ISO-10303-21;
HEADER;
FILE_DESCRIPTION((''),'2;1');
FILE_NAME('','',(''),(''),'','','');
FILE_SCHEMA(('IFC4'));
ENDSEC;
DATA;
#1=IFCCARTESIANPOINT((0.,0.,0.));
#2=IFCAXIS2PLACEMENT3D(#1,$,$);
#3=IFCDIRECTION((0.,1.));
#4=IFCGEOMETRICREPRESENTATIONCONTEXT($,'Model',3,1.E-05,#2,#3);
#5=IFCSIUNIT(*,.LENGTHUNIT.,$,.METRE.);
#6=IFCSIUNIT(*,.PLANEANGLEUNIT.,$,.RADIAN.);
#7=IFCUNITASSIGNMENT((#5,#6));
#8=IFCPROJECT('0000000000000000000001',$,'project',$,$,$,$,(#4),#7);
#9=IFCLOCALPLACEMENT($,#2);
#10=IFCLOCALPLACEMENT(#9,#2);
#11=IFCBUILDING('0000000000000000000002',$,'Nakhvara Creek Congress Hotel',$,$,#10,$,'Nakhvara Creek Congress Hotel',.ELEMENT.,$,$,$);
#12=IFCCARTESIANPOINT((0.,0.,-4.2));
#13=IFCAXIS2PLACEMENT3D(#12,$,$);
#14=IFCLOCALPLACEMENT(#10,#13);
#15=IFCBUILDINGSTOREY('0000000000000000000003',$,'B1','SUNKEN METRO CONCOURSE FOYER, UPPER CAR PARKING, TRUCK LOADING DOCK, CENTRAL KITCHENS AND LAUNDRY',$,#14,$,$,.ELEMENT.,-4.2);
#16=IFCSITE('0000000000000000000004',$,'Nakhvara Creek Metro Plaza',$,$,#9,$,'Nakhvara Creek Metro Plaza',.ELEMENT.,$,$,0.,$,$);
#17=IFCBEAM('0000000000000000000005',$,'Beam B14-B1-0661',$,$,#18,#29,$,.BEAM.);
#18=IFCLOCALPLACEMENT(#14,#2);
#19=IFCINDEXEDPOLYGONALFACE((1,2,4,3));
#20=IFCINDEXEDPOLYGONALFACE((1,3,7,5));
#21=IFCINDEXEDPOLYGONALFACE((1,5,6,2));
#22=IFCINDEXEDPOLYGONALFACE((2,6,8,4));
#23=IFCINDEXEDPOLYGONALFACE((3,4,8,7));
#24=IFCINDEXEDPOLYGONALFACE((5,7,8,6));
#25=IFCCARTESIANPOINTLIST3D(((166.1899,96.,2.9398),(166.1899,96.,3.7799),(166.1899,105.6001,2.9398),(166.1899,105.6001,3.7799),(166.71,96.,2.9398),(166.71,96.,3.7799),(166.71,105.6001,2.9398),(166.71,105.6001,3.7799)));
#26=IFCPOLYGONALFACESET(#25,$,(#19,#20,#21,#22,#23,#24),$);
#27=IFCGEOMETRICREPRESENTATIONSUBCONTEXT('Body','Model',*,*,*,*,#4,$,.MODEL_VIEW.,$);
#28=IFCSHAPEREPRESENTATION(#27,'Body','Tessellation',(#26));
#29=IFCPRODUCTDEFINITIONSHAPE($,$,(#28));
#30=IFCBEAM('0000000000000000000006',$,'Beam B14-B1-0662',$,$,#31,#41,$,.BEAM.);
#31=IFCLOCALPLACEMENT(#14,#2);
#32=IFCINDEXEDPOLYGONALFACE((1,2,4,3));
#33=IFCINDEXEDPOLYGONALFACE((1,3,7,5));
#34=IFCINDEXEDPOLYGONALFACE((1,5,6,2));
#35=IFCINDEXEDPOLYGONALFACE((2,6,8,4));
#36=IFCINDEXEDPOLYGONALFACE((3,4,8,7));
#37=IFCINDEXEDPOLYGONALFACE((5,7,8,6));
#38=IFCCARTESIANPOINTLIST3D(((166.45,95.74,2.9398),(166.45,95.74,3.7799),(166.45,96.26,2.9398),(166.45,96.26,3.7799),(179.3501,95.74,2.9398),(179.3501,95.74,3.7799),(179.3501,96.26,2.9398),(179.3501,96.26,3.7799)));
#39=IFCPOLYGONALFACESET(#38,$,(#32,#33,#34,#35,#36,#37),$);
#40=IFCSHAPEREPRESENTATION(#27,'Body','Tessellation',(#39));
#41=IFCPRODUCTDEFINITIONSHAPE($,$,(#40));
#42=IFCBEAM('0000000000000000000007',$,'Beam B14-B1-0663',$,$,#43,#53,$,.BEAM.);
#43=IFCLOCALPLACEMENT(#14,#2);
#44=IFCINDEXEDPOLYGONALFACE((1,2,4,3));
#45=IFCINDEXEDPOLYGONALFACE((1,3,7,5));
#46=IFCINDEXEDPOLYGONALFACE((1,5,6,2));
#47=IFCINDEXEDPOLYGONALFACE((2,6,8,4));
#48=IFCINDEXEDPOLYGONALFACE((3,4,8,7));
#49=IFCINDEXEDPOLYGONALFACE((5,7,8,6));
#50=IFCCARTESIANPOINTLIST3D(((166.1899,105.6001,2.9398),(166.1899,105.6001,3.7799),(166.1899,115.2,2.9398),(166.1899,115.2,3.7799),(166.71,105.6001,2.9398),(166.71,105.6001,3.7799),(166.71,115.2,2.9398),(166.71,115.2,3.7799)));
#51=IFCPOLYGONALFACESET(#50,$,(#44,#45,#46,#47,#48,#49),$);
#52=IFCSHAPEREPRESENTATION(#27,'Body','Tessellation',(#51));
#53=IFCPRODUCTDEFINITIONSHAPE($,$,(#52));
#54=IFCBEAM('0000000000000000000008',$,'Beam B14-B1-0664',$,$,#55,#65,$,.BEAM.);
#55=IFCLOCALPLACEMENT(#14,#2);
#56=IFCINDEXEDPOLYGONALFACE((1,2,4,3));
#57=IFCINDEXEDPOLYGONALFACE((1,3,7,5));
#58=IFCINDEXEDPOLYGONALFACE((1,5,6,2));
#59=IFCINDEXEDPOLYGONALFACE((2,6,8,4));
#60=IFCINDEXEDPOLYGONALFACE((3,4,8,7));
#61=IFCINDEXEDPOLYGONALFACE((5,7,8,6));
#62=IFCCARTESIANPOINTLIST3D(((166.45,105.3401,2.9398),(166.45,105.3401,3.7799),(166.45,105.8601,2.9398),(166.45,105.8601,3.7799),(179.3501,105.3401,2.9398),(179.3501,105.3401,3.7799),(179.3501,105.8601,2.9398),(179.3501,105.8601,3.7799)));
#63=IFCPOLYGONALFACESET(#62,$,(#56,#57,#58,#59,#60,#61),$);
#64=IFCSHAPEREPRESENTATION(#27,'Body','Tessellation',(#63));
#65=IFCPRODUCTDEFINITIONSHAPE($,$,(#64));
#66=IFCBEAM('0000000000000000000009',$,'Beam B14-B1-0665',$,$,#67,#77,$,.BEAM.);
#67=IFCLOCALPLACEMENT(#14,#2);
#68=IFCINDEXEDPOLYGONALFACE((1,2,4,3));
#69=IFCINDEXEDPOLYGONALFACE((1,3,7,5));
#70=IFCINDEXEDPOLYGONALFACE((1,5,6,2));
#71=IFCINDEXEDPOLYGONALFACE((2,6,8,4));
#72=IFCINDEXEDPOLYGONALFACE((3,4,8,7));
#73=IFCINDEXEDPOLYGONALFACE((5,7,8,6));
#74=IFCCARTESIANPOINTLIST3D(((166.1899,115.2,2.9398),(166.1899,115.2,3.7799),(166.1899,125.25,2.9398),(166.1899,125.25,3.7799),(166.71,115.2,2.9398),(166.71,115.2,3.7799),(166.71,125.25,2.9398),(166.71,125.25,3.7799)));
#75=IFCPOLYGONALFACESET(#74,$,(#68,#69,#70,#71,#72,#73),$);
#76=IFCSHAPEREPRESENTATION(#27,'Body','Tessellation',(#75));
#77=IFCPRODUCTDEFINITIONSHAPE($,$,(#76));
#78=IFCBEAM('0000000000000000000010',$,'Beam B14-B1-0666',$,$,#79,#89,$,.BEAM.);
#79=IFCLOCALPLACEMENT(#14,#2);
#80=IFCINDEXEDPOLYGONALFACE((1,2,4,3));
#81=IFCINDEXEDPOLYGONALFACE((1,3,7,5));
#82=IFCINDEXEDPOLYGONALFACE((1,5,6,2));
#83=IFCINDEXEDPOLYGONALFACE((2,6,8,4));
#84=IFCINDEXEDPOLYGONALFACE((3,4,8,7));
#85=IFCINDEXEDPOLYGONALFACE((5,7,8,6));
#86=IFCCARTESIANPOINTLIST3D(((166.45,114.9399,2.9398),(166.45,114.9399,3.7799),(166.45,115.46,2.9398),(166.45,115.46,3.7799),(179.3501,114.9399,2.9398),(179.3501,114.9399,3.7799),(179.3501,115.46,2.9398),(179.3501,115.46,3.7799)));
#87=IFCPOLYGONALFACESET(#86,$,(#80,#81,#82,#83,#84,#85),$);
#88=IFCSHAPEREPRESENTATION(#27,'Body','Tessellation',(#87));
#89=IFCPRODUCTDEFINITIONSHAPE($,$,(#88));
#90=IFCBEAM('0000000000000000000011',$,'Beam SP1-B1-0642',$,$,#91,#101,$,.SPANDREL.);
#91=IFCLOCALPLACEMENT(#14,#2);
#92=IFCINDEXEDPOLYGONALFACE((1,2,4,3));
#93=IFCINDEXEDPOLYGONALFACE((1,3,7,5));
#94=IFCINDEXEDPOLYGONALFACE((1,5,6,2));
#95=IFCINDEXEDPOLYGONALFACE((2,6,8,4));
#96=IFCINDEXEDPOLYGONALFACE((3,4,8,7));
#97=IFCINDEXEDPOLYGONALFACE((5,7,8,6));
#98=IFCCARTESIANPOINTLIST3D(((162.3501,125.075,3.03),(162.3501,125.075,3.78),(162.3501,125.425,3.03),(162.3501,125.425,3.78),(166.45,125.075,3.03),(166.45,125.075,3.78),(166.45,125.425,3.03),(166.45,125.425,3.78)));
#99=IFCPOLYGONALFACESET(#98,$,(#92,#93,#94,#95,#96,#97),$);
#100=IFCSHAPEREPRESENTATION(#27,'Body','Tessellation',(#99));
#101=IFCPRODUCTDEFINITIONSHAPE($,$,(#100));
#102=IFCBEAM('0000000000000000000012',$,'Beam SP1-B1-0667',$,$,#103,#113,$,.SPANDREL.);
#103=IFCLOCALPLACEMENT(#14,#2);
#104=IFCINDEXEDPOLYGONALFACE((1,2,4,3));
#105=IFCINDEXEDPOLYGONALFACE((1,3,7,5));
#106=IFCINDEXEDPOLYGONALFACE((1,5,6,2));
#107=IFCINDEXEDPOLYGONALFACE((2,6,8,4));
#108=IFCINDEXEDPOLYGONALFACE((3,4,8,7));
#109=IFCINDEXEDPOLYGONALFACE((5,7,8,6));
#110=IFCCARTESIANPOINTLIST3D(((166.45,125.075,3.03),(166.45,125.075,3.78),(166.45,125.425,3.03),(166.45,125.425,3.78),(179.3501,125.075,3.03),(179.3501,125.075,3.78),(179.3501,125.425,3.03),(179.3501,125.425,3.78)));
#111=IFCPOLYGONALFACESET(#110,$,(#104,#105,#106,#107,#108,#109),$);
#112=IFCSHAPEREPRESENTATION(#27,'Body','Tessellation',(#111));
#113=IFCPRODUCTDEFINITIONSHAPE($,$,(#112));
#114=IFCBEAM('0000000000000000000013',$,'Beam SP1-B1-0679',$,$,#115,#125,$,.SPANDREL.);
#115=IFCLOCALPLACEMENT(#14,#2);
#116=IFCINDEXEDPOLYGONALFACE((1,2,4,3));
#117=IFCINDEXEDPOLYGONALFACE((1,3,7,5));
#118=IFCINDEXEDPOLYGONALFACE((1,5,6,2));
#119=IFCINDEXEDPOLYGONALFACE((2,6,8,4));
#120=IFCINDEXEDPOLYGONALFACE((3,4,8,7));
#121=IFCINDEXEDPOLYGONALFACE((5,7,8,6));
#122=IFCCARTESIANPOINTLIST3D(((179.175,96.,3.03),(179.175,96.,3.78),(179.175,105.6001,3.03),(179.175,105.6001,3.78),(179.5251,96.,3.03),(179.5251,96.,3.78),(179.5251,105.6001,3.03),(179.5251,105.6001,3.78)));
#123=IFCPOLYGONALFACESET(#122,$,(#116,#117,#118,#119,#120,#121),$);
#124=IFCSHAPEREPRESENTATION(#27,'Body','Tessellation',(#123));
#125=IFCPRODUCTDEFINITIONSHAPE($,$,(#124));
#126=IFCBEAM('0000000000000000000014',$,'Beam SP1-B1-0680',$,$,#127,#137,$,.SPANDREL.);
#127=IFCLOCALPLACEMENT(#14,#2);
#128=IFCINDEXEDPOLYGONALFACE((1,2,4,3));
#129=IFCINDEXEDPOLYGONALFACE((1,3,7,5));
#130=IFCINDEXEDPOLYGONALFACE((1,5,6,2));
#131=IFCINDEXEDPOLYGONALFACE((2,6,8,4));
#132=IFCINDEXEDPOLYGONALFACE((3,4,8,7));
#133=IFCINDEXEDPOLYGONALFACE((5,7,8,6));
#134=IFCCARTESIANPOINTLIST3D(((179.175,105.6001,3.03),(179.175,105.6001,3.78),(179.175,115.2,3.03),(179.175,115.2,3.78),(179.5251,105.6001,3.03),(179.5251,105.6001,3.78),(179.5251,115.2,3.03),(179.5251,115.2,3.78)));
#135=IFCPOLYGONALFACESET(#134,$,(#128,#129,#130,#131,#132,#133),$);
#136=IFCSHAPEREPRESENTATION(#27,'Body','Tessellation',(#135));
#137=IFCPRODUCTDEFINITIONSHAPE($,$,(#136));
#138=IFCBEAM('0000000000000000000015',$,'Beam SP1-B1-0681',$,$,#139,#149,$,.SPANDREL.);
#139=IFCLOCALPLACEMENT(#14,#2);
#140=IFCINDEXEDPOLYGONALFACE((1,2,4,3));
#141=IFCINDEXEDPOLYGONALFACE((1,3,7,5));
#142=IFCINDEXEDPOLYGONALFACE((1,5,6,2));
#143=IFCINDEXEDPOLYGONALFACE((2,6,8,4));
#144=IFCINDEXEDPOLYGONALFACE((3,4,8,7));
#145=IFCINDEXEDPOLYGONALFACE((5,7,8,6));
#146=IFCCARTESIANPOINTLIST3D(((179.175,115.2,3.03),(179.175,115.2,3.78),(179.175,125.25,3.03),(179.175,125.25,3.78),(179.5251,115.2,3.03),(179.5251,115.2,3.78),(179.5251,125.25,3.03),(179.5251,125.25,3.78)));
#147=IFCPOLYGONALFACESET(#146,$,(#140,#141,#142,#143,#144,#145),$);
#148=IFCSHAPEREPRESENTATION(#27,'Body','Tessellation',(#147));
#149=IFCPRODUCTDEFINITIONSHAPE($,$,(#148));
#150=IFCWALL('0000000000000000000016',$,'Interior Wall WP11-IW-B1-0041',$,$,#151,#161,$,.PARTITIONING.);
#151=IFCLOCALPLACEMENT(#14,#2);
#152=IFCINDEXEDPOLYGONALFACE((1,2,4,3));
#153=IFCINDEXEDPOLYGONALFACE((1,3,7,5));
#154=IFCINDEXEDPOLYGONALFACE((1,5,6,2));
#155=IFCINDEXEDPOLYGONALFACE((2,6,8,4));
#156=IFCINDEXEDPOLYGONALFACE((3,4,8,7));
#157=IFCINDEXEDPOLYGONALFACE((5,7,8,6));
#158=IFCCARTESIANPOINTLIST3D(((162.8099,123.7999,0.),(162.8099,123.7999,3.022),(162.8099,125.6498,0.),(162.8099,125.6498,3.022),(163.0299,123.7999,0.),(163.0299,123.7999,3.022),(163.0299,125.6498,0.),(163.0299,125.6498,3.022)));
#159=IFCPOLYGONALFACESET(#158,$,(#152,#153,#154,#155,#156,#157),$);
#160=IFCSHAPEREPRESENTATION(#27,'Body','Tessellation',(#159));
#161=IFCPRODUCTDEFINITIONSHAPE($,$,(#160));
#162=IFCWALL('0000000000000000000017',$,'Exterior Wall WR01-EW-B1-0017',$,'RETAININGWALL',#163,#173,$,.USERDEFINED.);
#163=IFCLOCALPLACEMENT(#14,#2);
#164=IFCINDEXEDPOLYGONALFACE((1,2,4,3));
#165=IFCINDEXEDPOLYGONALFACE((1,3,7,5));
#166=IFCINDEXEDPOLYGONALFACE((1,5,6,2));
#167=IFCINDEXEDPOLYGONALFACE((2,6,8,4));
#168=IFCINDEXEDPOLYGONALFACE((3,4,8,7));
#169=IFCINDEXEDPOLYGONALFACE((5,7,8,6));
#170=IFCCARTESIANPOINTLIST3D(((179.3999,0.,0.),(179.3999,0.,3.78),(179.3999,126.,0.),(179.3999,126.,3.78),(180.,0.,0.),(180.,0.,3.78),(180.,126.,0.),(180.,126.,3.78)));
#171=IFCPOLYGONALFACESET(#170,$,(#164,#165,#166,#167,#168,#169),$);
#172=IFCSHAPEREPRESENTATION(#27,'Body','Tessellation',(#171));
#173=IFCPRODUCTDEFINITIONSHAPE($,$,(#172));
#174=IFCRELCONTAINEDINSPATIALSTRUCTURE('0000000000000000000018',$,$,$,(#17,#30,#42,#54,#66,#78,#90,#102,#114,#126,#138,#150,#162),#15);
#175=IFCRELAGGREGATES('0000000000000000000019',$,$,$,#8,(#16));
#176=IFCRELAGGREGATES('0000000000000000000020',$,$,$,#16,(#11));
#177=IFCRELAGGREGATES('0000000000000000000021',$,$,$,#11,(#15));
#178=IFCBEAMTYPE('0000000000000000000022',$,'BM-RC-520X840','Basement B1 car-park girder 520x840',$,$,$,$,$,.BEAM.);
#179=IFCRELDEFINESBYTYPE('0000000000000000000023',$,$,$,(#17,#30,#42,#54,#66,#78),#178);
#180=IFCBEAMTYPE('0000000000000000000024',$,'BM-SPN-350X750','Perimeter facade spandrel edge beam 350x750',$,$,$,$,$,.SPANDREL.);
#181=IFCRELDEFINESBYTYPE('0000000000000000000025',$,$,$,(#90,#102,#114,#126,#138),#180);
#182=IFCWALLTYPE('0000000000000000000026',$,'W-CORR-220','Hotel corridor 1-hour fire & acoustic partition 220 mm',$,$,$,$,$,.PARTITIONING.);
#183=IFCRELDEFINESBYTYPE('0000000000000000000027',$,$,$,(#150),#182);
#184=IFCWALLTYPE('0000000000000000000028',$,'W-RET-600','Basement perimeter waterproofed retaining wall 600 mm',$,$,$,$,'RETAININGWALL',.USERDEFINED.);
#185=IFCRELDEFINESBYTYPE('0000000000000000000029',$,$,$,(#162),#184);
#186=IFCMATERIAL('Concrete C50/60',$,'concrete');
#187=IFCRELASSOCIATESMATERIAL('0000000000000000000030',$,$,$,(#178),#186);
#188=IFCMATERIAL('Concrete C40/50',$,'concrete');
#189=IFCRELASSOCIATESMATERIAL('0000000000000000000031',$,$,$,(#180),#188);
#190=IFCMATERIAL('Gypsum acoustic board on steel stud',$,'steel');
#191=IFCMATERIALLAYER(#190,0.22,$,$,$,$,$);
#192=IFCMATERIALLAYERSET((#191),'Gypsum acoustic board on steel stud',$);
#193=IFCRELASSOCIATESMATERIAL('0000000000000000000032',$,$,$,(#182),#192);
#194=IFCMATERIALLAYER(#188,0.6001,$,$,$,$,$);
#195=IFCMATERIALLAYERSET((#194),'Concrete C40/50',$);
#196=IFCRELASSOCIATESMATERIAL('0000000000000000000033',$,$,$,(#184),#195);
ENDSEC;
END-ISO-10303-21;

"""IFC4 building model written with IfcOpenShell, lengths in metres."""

from ifc_helpers import new_model, si_unit, direction, frame, frame_2d, origin, origin_2d, place, context, subcontext, project, spatial, rectangle, extrude, material, layer, layer_set, material_profile, profile_set, type_object, element, save


model = new_model("IFC4")

# Units and contexts
model_context = context("Model", 3, precision=1e-05, world=origin(), true_north=direction((0.0, 1.0)))
body_context = subcontext(model_context, "Body", "Model", "MODEL_VIEW")
ifc_project = project(units=[si_unit("LENGTHUNIT", "METRE"), si_unit("PLANEANGLEUNIT", "RADIAN")], contexts=[model_context])

# Site, building, storey
site_placement = place(None, origin())
site = spatial("IfcSite", under=ifc_project, at=site_placement, Name="Nakhvara Creek Metro Plaza", LongName="Nakhvara Creek Metro Plaza", CompositionType="ELEMENT", RefElevation=0.0)
building_placement = place(site_placement, origin())
building = spatial("IfcBuilding", under=site, at=building_placement, Name="Nakhvara Creek Congress Hotel", LongName="Nakhvara Creek Congress Hotel", CompositionType="ELEMENT")
storey_placement = place(building_placement, frame((0.0, 0.0, -4.2)))
storey = spatial("IfcBuildingStorey", under=building, at=storey_placement, Name="B1", Description="SUNKEN METRO CONCOURSE FOYER, UPPER CAR PARKING, TRUCK LOADING DOCK, CENTRAL KITCHENS AND LAUNDRY", CompositionType="ELEMENT", Elevation=-4.2)

# Shared definitions
ifc_material_1 = material(Name="Concrete C50/60", Category="concrete")

# Beams
ifc_material_profile_1 = material_profile(ifc_material_1, rectangle(XDim=0.52, YDim=0.8401, at=origin_2d()), Name="RC-BM 520x840", Category="LoadBearing")
ifc_profile_set_1 = profile_set([ifc_material_profile_1], Name="Concrete C50/60")
beam_type_1 = type_object("IfcBeamType", Name="BM-RC-520X840", Description="Basement B1 car-park girder 520x840", PredefinedType="BEAM", material=ifc_profile_set_1)
beam_1_placement = place(storey_placement, frame((166.45, 96.0, 3.3599), z_axis=(0.0, 1.0, 0.0), x_axis=(-1.0, 0.0, 0.0)))
element("IfcBeam", 1, at=beam_1_placement, inside=storey, type_object=beam_type_1, Name="Beam B14-B1-0661", PredefinedType="BEAM", context=body_context, shape_type="SweptSolid", body=[
    extrude(rectangle(XDim=0.52, YDim=0.8401, at=origin_2d()), origin(), (0.0, 0.0, 1.0), 9.6001),
])
beam_2_placement = place(storey_placement, frame((166.45, 96.0, 3.3599), z_axis=(1.0, 0.0, 0.0), x_axis=(0.0, 1.0, 0.0)))
element("IfcBeam", 2, at=beam_2_placement, inside=storey, type_object=beam_type_1, Name="Beam B14-B1-0662", PredefinedType="BEAM", context=body_context, shape_type="SweptSolid", body=[
    extrude(rectangle(XDim=0.52, YDim=0.8401, at=origin_2d()), origin(), (0.0, 0.0, 1.0), 12.9001),
])
beam_3_placement = place(storey_placement, frame((166.45, 105.6001, 3.3599), z_axis=(0.0, 1.0, 0.0), x_axis=(-1.0, 0.0, 0.0)))
element("IfcBeam", 3, at=beam_3_placement, inside=storey, type_object=beam_type_1, Name="Beam B14-B1-0663", PredefinedType="BEAM", context=body_context, shape_type="SweptSolid", body=[
    extrude(rectangle(XDim=0.52, YDim=0.8401, at=origin_2d()), origin(), (0.0, 0.0, 1.0), 9.5999),
])
beam_4_placement = place(storey_placement, frame((166.45, 105.6001, 3.3599), z_axis=(1.0, 0.0, 0.0), x_axis=(0.0, 1.0, 0.0)))
element("IfcBeam", 4, at=beam_4_placement, inside=storey, type_object=beam_type_1, Name="Beam B14-B1-0664", PredefinedType="BEAM", context=body_context, shape_type="SweptSolid", body=[
    extrude(rectangle(XDim=0.52, YDim=0.8401, at=origin_2d()), origin(), (0.0, 0.0, 1.0), 12.9001),
])
beam_5_placement = place(storey_placement, frame((166.45, 115.2, 3.3599), z_axis=(0.0, 1.0, 0.0), x_axis=(-1.0, 0.0, 0.0)))
element("IfcBeam", 5, at=beam_5_placement, inside=storey, type_object=beam_type_1, Name="Beam B14-B1-0665", PredefinedType="BEAM", context=body_context, shape_type="SweptSolid", body=[
    extrude(rectangle(XDim=0.52, YDim=0.8401, at=origin_2d()), origin(), (0.0, 0.0, 1.0), 10.05),
])
beam_6_placement = place(storey_placement, frame((166.45, 115.2, 3.3599), z_axis=(1.0, 0.0, 0.0), x_axis=(0.0, 1.0, 0.0)))
element("IfcBeam", 6, at=beam_6_placement, inside=storey, type_object=beam_type_1, Name="Beam B14-B1-0666", PredefinedType="BEAM", context=body_context, shape_type="SweptSolid", body=[
    extrude(rectangle(XDim=0.52, YDim=0.8401, at=origin_2d()), origin(), (0.0, 0.0, 1.0), 12.9001),
])
ifc_material_2 = material(Name="Concrete C40/50", Category="concrete")
ifc_material_profile_2 = material_profile(ifc_material_2, rectangle(XDim=0.3501, YDim=0.75, at=origin_2d()), Name="RC-SPANDREL 350x750", Category="LoadBearing")
ifc_profile_set_2 = profile_set([ifc_material_profile_2], Name="Concrete C40/50")
beam_type_2 = type_object("IfcBeamType", Name="BM-SPN-350X750", Description="Perimeter facade spandrel edge beam 350x750", PredefinedType="SPANDREL", material=ifc_profile_set_2)
beam_7_placement = place(storey_placement, frame((162.3501, 125.25, 3.405), z_axis=(1.0, 0.0, 0.0), x_axis=(0.0, 1.0, 0.0)))
element("IfcBeam", 7, at=beam_7_placement, inside=storey, type_object=beam_type_2, Name="Beam SP1-B1-0642", PredefinedType="SPANDREL", context=body_context, shape_type="SweptSolid", body=[
    extrude(rectangle(XDim=0.3501, YDim=0.75, at=origin_2d()), origin(), (0.0, 0.0, 1.0), 4.0999),
])
beam_8_placement = place(storey_placement, frame((166.45, 125.25, 3.405), z_axis=(1.0, 0.0, 0.0), x_axis=(0.0, 1.0, 0.0)))
element("IfcBeam", 8, at=beam_8_placement, inside=storey, type_object=beam_type_2, Name="Beam SP1-B1-0667", PredefinedType="SPANDREL", context=body_context, shape_type="SweptSolid", body=[
    extrude(rectangle(XDim=0.3501, YDim=0.75, at=origin_2d()), origin(), (0.0, 0.0, 1.0), 12.9001),
])
beam_9_placement = place(storey_placement, frame((179.3501, 96.0, 3.405), z_axis=(0.0, 1.0, 0.0), x_axis=(-1.0, 0.0, 0.0)))
element("IfcBeam", 9, at=beam_9_placement, inside=storey, type_object=beam_type_2, Name="Beam SP1-B1-0679", PredefinedType="SPANDREL", context=body_context, shape_type="SweptSolid", body=[
    extrude(rectangle(XDim=0.3501, YDim=0.75, at=origin_2d()), origin(), (0.0, 0.0, 1.0), 9.6001),
])
beam_10_placement = place(storey_placement, frame((179.3501, 105.6001, 3.405), z_axis=(0.0, 1.0, 0.0), x_axis=(-1.0, 0.0, 0.0)))
element("IfcBeam", 10, at=beam_10_placement, inside=storey, type_object=beam_type_2, Name="Beam SP1-B1-0680", PredefinedType="SPANDREL", context=body_context, shape_type="SweptSolid", body=[
    extrude(rectangle(XDim=0.3501, YDim=0.75, at=origin_2d()), origin(), (0.0, 0.0, 1.0), 9.5999),
])
beam_11_placement = place(storey_placement, frame((179.3501, 115.2, 3.405), z_axis=(0.0, 1.0, 0.0), x_axis=(-1.0, 0.0, 0.0)))
element("IfcBeam", 11, at=beam_11_placement, inside=storey, type_object=beam_type_2, Name="Beam SP1-B1-0681", PredefinedType="SPANDREL", context=body_context, shape_type="SweptSolid", body=[
    extrude(rectangle(XDim=0.3501, YDim=0.75, at=origin_2d()), origin(), (0.0, 0.0, 1.0), 10.05),
])

# Wall
ifc_material_3 = material(Name="Gypsum acoustic board on steel stud", Category="steel")
ifc_layer_1 = layer(ifc_material_3, 0.22)
ifc_layer_set_1 = layer_set([ifc_layer_1], Name="Gypsum acoustic board on steel stud")
wall_type_1 = type_object("IfcWallType", Name="W-CORR-220", Description="Hotel corridor 1-hour fire & acoustic partition 220 mm", PredefinedType="PARTITIONING", material=ifc_layer_set_1)
wall_1_placement = place(storey_placement, frame((162.9199, 123.8, 0.0), z_axis=(0.0, 0.0, 1.0), x_axis=(0.0, 1.0, 0.0)))
element("IfcWall", 12, at=wall_1_placement, inside=storey, type_object=wall_type_1, Name="Interior Wall WP11-IW-B1-0041", PredefinedType="PARTITIONING", context=body_context, shape_type="SweptSolid", body=[
    extrude(rectangle(XDim=1.8499, YDim=0.22, at=frame_2d((0.9248, 0.0))), origin(), (0.0, 0.0, 1.0), 3.022),
])

# Wall
ifc_layer_2 = layer(ifc_material_2, 0.6001)
ifc_layer_set_2 = layer_set([ifc_layer_2], Name="Concrete C40/50")
wall_type_2 = type_object("IfcWallType", Name="W-RET-600", Description="Basement perimeter waterproofed retaining wall 600 mm", ElementType="RETAININGWALL", PredefinedType="USERDEFINED", material=ifc_layer_set_2)
wall_2_placement = place(storey_placement, frame((179.7, 126.0, 0.0), z_axis=(0.0, 0.0, 1.0), x_axis=(0.0, -1.0, 0.0)))
element("IfcWall", 13, at=wall_2_placement, inside=storey, type_object=wall_type_2, Name="Exterior Wall WR01-EW-B1-0017", ObjectType="RETAININGWALL", PredefinedType="USERDEFINED", context=body_context, shape_type="SweptSolid", body=[
    extrude(rectangle(XDim=126.0, YDim=0.6001, at=frame_2d((63.0, 0.0))), origin(), (0.0, 0.0, 1.0), 3.78),
])

save(model, "model.ifc")
